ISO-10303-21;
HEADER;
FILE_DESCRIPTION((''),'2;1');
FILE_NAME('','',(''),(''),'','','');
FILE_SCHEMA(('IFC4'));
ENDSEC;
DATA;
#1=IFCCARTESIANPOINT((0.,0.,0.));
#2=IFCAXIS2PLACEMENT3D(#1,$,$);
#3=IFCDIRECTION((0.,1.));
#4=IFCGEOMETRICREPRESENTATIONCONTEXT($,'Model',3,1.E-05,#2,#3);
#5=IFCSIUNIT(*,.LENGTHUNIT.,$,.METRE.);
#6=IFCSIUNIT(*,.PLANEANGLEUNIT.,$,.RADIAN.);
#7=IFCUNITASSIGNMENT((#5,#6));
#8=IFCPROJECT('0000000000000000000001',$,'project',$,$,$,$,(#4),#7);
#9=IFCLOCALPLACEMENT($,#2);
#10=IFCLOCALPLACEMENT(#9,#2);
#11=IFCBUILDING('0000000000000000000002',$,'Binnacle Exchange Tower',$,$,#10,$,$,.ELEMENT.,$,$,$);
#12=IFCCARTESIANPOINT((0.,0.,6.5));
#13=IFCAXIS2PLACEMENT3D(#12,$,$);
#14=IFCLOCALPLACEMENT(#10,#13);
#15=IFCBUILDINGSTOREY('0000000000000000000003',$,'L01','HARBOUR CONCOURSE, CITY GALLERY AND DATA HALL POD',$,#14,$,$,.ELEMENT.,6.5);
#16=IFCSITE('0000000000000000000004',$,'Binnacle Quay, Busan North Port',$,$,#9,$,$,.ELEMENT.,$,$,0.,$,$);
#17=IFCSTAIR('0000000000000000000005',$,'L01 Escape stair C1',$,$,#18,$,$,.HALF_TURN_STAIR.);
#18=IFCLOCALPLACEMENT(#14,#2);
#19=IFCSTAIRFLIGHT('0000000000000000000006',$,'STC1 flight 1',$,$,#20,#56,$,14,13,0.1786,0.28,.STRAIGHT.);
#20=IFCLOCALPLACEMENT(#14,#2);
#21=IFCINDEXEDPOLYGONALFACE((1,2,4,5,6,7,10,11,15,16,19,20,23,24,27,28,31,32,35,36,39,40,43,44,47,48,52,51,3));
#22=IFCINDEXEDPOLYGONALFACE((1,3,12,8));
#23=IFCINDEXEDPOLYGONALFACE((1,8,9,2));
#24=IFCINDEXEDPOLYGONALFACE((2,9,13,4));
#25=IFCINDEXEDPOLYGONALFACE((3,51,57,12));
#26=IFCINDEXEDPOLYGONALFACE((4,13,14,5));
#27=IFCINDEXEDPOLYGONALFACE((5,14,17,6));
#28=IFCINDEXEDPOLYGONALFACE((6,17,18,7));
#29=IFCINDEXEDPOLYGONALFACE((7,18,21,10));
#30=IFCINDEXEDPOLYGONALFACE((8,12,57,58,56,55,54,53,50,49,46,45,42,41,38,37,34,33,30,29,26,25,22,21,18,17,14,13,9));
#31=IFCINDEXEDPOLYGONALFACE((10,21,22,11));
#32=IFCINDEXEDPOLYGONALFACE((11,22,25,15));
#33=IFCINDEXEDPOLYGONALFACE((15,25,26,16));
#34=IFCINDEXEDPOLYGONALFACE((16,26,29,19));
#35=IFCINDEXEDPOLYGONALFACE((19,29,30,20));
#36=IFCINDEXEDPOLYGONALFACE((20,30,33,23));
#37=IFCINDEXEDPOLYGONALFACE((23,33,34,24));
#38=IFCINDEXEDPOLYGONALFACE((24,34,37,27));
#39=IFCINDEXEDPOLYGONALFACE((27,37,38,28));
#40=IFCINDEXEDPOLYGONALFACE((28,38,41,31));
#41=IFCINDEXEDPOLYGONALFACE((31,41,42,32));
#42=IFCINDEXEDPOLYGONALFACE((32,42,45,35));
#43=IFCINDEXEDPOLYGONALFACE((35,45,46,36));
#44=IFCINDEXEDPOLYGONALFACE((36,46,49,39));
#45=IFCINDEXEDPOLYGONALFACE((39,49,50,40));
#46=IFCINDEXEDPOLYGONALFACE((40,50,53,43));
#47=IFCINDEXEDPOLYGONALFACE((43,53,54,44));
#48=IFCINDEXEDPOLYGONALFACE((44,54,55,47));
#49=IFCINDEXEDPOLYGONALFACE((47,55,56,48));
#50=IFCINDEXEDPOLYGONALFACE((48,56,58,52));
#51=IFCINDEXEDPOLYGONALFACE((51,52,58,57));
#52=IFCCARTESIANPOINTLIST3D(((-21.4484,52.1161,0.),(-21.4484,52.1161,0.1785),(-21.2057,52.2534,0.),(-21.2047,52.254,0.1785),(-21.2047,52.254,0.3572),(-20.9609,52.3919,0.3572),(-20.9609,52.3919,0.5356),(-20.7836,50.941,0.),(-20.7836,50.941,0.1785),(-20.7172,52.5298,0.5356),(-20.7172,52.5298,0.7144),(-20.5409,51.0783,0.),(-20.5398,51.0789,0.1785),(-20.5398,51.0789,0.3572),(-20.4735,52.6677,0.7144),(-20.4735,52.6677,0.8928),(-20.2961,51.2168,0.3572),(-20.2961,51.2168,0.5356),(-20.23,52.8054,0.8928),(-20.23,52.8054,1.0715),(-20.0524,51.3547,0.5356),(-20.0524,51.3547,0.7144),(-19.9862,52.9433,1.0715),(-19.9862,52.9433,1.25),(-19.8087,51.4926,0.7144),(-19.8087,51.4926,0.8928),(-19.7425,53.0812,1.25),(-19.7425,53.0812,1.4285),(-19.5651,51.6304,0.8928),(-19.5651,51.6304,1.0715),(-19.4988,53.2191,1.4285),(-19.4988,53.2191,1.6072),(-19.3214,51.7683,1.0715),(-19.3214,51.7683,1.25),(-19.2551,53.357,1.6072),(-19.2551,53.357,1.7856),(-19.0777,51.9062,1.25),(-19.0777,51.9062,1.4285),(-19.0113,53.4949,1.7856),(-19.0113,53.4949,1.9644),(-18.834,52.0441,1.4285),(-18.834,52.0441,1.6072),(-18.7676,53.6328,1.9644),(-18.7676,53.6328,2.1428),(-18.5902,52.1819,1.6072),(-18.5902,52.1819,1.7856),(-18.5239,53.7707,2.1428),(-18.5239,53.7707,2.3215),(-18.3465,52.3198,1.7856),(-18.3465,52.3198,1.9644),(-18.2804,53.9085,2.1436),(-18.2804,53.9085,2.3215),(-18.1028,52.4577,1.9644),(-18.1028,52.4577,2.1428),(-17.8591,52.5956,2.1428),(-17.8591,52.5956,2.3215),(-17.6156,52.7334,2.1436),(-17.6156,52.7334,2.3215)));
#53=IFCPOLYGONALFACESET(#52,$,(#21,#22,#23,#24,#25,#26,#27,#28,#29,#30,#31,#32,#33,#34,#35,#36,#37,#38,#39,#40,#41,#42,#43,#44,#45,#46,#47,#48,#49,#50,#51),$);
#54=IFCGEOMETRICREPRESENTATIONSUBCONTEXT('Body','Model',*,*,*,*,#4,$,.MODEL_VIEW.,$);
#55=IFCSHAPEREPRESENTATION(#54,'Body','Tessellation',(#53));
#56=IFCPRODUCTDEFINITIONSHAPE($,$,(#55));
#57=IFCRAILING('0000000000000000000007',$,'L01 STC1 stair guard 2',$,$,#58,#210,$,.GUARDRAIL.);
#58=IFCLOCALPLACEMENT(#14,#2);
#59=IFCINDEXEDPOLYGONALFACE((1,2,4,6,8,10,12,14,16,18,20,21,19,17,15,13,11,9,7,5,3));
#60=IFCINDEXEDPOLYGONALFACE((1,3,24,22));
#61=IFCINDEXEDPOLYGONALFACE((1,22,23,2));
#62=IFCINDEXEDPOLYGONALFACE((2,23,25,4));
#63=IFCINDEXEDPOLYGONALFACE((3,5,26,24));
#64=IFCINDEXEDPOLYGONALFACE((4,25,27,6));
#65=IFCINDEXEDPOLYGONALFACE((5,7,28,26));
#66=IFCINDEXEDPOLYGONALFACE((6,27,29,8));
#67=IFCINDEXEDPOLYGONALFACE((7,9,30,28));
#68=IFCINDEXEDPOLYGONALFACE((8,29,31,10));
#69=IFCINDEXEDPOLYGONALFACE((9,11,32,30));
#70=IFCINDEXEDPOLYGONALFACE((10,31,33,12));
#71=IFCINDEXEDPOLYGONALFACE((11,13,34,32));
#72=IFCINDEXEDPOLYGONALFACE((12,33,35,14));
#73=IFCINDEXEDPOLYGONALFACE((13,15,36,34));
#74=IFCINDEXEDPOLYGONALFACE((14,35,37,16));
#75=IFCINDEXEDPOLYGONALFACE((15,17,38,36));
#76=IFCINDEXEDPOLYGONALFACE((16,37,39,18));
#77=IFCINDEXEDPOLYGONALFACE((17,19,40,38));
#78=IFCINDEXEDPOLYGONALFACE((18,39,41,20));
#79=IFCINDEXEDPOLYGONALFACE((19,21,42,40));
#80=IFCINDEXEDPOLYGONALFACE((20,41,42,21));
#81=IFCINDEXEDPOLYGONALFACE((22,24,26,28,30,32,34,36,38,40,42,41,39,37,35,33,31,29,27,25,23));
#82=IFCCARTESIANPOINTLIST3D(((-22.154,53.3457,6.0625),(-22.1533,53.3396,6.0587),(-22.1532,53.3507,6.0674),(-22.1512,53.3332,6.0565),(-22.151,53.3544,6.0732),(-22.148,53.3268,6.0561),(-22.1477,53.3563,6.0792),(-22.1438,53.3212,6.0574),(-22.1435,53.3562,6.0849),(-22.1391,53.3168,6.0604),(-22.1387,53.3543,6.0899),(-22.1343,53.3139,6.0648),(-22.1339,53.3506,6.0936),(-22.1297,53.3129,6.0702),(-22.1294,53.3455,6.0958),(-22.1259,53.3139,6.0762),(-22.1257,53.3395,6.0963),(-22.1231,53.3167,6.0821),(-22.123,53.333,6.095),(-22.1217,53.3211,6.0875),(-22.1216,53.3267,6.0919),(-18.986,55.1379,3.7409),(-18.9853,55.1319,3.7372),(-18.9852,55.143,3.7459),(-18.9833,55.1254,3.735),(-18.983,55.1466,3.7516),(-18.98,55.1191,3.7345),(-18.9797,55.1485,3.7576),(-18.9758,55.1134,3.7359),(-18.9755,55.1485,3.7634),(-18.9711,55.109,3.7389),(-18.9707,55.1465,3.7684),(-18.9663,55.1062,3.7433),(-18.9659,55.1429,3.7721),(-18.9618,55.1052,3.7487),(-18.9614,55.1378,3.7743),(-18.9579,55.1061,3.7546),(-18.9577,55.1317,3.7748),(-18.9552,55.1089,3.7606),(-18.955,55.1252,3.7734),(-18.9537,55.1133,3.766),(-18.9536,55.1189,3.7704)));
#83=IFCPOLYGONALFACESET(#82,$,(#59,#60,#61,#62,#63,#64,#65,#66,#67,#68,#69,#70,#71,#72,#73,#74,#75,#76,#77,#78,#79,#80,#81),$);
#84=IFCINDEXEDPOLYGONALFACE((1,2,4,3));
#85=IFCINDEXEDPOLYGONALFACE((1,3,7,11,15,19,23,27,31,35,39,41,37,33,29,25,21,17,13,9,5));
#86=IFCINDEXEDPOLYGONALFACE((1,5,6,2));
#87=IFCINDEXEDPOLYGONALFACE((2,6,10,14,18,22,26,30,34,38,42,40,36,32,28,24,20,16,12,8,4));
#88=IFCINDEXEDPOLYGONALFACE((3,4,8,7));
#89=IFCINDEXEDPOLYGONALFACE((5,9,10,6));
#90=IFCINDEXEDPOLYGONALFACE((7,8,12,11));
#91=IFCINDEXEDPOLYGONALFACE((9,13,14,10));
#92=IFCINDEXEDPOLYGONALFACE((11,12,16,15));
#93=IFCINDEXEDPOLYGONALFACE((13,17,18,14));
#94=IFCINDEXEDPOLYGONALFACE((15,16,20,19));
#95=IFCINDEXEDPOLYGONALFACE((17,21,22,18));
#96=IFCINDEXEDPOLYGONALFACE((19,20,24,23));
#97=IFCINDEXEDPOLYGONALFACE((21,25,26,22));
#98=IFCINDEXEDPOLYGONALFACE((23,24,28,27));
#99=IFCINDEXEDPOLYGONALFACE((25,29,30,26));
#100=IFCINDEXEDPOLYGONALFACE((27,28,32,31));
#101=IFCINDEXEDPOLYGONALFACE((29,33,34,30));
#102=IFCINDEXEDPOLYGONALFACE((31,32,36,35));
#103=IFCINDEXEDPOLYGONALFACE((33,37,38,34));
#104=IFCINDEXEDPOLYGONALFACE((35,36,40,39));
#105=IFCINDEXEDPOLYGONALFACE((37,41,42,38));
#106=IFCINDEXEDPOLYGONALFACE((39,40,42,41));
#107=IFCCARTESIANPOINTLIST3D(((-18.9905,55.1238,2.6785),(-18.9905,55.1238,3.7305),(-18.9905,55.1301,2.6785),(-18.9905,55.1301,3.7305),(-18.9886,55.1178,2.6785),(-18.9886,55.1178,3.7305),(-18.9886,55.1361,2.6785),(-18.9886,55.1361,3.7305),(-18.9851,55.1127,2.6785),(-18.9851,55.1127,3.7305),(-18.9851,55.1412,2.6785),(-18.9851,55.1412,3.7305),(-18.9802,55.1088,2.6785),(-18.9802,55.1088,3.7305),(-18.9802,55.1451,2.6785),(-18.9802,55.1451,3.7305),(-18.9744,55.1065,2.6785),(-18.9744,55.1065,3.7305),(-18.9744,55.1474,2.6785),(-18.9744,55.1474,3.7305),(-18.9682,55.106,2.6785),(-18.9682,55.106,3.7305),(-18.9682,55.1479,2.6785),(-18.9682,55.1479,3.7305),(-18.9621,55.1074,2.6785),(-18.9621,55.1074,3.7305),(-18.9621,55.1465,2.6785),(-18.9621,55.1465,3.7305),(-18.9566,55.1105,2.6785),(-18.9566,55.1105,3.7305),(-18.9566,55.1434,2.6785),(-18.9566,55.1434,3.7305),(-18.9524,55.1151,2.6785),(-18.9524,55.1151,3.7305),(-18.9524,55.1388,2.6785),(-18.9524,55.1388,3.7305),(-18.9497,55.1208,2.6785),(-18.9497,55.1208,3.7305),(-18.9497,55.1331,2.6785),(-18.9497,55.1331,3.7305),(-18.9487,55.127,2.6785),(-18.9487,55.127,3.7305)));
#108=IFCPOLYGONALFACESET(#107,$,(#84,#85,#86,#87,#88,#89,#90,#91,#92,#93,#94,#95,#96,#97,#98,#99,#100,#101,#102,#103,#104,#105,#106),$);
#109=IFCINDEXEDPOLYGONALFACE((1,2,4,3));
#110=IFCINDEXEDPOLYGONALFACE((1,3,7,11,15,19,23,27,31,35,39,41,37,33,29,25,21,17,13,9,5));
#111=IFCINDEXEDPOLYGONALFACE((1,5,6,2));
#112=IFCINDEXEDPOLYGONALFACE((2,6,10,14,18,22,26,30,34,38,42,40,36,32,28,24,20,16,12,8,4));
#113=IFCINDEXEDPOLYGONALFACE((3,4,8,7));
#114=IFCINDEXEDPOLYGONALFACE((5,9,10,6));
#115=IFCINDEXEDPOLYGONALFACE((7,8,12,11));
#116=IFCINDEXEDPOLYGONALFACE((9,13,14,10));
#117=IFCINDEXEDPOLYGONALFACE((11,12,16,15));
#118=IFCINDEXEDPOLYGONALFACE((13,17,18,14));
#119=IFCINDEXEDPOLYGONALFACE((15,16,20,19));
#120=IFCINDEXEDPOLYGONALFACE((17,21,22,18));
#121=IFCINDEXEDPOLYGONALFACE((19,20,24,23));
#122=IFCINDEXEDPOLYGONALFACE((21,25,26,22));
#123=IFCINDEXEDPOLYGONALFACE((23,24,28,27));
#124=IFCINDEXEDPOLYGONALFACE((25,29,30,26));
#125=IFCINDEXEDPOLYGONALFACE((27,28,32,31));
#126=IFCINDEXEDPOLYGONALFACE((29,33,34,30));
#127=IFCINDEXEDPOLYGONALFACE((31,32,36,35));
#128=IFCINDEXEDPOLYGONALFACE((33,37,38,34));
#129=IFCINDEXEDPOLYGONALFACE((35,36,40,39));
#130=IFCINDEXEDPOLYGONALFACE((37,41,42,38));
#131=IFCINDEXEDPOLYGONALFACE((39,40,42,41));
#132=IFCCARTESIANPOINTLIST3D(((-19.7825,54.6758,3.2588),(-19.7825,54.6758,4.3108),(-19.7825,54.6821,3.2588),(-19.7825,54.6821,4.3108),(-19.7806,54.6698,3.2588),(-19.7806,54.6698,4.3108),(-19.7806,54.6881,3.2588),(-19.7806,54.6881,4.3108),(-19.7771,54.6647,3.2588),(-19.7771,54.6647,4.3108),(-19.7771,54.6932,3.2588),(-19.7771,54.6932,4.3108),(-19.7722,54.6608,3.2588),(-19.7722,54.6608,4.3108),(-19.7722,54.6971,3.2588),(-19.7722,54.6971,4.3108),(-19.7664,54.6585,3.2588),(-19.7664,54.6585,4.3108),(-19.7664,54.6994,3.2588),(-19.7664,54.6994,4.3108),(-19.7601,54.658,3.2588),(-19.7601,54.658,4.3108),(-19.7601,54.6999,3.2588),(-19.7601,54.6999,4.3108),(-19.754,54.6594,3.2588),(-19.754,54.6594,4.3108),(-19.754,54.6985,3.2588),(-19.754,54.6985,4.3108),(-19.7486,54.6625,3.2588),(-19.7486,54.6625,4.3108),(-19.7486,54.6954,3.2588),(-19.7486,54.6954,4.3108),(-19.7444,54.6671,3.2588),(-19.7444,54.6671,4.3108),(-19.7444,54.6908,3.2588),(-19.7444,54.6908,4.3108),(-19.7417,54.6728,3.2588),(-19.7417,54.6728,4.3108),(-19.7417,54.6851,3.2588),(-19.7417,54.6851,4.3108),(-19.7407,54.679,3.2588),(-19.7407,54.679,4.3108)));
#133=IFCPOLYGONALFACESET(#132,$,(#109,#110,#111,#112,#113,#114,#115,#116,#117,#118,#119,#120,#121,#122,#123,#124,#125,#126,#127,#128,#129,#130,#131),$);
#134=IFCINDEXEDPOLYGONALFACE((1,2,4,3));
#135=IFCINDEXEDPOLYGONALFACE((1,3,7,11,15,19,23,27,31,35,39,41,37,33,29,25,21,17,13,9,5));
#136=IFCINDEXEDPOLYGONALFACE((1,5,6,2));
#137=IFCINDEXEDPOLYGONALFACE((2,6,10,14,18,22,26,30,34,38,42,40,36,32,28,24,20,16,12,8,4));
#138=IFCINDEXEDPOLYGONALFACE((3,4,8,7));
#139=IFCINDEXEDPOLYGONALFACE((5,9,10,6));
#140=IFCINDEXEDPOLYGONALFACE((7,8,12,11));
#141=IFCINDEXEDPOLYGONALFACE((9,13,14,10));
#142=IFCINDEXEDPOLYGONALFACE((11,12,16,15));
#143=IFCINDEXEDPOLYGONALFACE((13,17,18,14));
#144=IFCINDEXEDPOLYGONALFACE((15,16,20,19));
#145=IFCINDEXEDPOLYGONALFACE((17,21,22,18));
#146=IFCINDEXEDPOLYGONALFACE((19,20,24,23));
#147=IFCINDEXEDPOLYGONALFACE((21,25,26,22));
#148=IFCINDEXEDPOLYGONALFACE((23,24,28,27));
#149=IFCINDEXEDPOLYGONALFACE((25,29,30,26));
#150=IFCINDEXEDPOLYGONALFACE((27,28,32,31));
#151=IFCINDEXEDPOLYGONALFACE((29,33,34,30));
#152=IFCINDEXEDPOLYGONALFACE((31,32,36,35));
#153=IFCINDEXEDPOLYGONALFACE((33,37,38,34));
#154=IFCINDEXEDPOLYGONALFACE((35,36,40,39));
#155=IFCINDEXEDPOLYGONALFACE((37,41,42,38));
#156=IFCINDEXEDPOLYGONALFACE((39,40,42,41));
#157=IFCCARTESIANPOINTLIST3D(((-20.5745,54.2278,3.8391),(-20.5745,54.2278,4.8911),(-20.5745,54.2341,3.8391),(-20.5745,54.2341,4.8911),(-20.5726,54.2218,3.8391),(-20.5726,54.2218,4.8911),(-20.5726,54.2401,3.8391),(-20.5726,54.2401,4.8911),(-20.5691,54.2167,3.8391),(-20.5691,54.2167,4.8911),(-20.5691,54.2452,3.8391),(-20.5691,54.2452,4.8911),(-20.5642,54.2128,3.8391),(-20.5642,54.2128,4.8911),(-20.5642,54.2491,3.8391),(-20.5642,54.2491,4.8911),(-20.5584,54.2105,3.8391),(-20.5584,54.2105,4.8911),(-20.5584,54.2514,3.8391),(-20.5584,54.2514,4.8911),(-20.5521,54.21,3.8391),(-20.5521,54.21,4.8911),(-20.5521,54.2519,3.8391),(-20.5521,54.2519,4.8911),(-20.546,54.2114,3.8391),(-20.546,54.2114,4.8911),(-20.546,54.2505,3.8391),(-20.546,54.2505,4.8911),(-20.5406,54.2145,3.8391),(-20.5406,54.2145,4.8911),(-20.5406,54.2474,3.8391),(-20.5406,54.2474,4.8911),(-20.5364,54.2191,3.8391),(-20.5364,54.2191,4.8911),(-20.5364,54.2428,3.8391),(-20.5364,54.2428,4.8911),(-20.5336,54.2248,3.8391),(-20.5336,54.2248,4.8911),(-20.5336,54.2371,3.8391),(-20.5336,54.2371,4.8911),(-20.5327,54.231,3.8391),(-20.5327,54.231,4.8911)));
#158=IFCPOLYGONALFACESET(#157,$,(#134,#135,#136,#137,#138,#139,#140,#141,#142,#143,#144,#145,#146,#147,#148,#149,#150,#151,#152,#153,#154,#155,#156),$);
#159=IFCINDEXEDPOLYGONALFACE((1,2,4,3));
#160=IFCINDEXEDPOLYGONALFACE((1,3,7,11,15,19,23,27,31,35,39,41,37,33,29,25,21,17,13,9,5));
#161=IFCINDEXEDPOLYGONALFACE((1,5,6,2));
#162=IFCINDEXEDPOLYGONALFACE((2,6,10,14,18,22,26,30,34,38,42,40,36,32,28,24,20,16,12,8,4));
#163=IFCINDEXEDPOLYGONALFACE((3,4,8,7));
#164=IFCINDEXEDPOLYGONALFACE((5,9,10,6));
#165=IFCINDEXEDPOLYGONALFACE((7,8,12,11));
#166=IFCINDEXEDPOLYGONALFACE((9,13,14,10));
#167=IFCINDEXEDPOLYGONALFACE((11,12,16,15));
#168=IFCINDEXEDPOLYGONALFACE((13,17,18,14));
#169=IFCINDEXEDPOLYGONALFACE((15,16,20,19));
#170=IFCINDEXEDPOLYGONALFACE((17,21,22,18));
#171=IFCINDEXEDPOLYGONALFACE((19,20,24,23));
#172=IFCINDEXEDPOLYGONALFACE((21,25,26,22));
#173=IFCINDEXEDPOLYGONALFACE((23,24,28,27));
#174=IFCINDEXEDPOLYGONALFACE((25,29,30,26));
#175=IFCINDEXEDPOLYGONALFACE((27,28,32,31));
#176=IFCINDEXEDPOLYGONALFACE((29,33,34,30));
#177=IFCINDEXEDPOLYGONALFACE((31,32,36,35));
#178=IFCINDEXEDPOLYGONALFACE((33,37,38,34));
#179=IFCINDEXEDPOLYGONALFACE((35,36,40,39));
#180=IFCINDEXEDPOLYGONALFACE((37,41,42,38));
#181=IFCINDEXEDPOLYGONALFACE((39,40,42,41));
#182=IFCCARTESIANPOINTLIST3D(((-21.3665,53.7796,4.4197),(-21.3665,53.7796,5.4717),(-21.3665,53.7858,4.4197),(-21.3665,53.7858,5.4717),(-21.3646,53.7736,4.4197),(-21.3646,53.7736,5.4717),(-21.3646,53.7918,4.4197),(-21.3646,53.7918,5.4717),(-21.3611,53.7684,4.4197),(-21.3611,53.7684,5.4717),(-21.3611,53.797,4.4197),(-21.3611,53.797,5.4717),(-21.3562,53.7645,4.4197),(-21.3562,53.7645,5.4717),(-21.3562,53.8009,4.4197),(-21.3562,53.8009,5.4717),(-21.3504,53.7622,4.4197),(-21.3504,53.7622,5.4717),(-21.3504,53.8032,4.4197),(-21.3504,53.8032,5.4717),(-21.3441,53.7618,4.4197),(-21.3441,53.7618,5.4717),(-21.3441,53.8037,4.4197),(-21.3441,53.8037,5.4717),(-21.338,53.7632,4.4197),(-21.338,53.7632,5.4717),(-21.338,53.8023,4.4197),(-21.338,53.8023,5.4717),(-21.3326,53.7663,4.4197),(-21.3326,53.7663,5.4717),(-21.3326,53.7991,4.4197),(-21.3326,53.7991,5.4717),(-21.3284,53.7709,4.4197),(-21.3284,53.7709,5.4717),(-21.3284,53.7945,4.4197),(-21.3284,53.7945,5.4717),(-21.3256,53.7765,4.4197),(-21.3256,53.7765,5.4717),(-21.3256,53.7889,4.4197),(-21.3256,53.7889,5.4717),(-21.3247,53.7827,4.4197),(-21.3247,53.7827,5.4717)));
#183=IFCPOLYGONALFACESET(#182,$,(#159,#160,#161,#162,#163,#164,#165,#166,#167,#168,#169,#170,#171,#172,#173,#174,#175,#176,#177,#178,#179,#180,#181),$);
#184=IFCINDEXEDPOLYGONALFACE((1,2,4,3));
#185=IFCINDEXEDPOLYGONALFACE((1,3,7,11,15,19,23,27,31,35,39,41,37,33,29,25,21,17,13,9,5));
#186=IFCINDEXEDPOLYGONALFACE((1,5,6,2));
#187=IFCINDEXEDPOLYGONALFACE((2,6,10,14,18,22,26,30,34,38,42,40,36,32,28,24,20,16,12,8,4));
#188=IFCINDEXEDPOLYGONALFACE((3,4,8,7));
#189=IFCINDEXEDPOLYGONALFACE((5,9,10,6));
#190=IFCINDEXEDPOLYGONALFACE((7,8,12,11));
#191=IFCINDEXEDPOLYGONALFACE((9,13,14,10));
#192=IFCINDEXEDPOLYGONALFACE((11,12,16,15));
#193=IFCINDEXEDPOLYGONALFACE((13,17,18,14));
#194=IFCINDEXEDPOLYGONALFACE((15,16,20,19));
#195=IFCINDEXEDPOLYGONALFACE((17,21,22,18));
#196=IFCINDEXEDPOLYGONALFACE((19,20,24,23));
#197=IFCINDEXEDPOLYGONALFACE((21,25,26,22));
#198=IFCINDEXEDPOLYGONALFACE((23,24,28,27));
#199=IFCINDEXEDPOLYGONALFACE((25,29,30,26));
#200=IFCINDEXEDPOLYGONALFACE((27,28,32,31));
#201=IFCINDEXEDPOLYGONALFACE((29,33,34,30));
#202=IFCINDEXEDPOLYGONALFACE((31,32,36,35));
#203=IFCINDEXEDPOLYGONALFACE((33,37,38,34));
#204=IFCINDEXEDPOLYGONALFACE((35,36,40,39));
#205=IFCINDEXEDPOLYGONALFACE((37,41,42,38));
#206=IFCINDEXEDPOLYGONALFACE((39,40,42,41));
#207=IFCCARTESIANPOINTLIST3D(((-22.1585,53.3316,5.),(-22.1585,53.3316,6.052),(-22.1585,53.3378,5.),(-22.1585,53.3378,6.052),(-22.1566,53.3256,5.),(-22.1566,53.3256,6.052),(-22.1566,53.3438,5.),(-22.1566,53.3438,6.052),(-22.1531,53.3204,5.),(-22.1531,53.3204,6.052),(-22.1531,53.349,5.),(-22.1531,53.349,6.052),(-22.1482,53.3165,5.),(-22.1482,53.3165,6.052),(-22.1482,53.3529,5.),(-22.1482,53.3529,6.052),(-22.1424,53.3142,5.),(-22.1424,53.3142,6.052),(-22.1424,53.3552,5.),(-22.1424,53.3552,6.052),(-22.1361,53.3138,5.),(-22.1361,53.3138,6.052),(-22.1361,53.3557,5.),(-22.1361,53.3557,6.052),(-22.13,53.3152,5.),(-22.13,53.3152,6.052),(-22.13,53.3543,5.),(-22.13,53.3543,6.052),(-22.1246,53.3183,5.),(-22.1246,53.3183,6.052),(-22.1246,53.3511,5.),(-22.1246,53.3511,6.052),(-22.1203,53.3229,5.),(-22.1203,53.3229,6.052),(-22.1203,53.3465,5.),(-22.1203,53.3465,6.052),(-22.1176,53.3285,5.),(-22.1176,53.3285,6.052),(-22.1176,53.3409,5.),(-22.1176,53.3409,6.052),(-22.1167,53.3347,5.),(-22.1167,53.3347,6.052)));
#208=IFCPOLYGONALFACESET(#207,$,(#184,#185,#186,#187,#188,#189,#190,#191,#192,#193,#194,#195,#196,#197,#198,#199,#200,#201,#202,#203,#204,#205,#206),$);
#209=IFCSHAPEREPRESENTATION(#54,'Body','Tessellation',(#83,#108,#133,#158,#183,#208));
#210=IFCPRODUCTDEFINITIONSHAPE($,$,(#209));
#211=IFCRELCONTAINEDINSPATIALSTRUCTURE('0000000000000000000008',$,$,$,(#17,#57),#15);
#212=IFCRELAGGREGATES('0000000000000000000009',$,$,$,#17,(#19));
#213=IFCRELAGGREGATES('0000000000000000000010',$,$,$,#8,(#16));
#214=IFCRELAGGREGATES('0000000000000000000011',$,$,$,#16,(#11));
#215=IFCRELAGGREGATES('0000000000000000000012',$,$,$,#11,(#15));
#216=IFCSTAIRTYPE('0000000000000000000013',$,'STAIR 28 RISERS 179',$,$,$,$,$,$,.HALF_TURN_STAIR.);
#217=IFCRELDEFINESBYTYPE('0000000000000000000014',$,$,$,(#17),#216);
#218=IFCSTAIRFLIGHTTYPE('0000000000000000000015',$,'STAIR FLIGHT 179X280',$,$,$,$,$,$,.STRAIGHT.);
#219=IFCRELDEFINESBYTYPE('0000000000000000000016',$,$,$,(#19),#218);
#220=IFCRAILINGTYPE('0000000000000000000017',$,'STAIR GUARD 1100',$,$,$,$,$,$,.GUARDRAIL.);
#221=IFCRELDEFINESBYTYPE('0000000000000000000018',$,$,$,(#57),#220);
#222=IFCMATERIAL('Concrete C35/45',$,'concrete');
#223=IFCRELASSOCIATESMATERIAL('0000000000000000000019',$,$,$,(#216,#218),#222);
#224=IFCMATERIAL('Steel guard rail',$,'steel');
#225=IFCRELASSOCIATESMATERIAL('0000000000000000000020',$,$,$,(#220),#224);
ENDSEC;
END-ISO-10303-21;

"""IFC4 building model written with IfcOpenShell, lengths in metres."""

from ifc_helpers import new_model, si_unit, direction, frame, origin, origin_2d, place, context, subcontext, project, spatial, polyline, circle, outline, extrude, material, type_object, element, aggregate, save


model = new_model("IFC4")

# Units and contexts
model_context = context("Model", 3, precision=1e-05, world=origin(), true_north=direction((0.0, 1.0)))
body_context = subcontext(model_context, "Body", "Model", "MODEL_VIEW")
ifc_project = project(units=[si_unit("LENGTHUNIT", "METRE"), si_unit("PLANEANGLEUNIT", "RADIAN")], contexts=[model_context])

# Site, building, storey
site_placement = place(None, origin())
site = spatial("IfcSite", under=ifc_project, at=site_placement, Name="Binnacle Quay, Busan North Port", CompositionType="ELEMENT", RefElevation=0.0)
building_placement = place(site_placement, origin())
building = spatial("IfcBuilding", under=site, at=building_placement, Name="Binnacle Exchange Tower", CompositionType="ELEMENT")
storey_placement = place(building_placement, frame((0.0, 0.0, 6.5)))
storey = spatial("IfcBuildingStorey", under=building, at=storey_placement, Name="L01", Description="HARBOUR CONCOURSE, CITY GALLERY AND DATA HALL POD", CompositionType="ELEMENT", Elevation=6.5)

# Stair, stair flight
ifc_material_1 = material(Name="Concrete C35/45", Category="concrete")
stair_type = type_object("IfcStairType", Name="STAIR 28 RISERS 179", PredefinedType="HALF_TURN_STAIR", material=ifc_material_1)
stair_placement = place(storey_placement, origin())
stair = element("IfcStair", 1, at=stair_placement, inside=storey, type_object=stair_type, Name="L01 Escape stair C1", PredefinedType="HALF_TURN_STAIR")
stair_flight_type = type_object("IfcStairFlightType", Name="STAIR FLIGHT 179X280", PredefinedType="STRAIGHT", material=ifc_material_1)
stair_flight_placement = place(storey_placement, frame((-21.116, 51.5286, 0.0), z_axis=(0.0, 0.0, 1.0), x_axis=(0.870356, 0.492424, 0.0)))
stair_flight = element("IfcStairFlight", 2, at=stair_flight_placement, type_object=stair_flight_type, Name="STC1 flight 1", NumberOfRisers=14, NumberOfTreads=13, PredefinedType="STRAIGHT", RiserHeight=0.1786, TreadLength=0.28, context=body_context, shape_type="SweptSolid", body=[
    extrude(outline(polyline([(0.0, 0.0), (0.0, 0.1785), (0.28, 0.1785), (0.28, 0.3572), (0.5601, 0.3572), (0.5601, 0.5356), (0.8401, 0.5356), (0.8401, 0.7144), (1.1201, 0.7144), (1.1201, 0.8928), (1.3999, 0.8928), (1.3999, 1.0715), (1.6799, 1.0715), (1.6799, 1.25), (1.96, 1.25), (1.96, 1.4285), (2.24, 1.4285), (2.24, 1.6072), (2.52, 1.6072), (2.52, 1.7856), (2.8, 1.7856), (2.8, 1.9644), (3.0801, 1.9644), (3.0801, 2.1428), (3.3601, 2.1428), (3.3601, 2.3215), (3.6399, 2.3215), (3.6399, 2.5), (3.6399, 2.1436), (0.2788, 0.0), (0.0, 0.0)])), frame((0.0, 0.675, 0.0), z_axis=(0.0, -1.0, 0.0), x_axis=(1.0, 0.0, 0.0)), (0.0, 0.0, 1.0), 1.3501),
])
aggregate(stair, [stair_flight])

# Railing
ifc_material_2 = material(Name="Steel guard rail", Category="steel")
railing_type_1 = type_object("IfcRailingType", Name="STAIR GUARD 1100", PredefinedType="GUARDRAIL", material=ifc_material_2)
railing_1_placement = place(storey_placement, frame((-18.9697, 55.127, 2.6785)))
element("IfcRailing", 3, at=railing_1_placement, inside=storey, type_object=railing_type_1, Name="L01 STC1 stair guard 2", PredefinedType="GUARDRAIL", context=body_context, shape_type="SweptSolid", body=[
    extrude(circle(Radius=0.0239, at=origin_2d()), frame((0.0, 0.0, 1.0762), z_axis=(-0.733813, -0.415145, 0.537749), x_axis=(0.4924, -0.870369, 0.0)), (0.0, 0.0, 1.0), 4.3171),
    extrude(circle(Radius=0.021, at=origin_2d()), origin(), (0.0, 0.0, 1.0), 1.052),
    extrude(circle(Radius=0.021, at=origin_2d()), frame((-0.792, -0.448, 0.5803)), (0.0, 0.0, 1.0), 1.052),
    extrude(circle(Radius=0.021, at=origin_2d()), frame((-1.584, -0.896, 1.1606)), (0.0, 0.0, 1.0), 1.052),
    extrude(circle(Radius=0.021, at=origin_2d()), frame((-2.376, -1.3442, 1.7412)), (0.0, 0.0, 1.0), 1.052),
    extrude(circle(Radius=0.021, at=origin_2d()), frame((-3.168, -1.7922, 2.3215)), (0.0, 0.0, 1.0), 1.052),
])

save(model, "model.ifc")
